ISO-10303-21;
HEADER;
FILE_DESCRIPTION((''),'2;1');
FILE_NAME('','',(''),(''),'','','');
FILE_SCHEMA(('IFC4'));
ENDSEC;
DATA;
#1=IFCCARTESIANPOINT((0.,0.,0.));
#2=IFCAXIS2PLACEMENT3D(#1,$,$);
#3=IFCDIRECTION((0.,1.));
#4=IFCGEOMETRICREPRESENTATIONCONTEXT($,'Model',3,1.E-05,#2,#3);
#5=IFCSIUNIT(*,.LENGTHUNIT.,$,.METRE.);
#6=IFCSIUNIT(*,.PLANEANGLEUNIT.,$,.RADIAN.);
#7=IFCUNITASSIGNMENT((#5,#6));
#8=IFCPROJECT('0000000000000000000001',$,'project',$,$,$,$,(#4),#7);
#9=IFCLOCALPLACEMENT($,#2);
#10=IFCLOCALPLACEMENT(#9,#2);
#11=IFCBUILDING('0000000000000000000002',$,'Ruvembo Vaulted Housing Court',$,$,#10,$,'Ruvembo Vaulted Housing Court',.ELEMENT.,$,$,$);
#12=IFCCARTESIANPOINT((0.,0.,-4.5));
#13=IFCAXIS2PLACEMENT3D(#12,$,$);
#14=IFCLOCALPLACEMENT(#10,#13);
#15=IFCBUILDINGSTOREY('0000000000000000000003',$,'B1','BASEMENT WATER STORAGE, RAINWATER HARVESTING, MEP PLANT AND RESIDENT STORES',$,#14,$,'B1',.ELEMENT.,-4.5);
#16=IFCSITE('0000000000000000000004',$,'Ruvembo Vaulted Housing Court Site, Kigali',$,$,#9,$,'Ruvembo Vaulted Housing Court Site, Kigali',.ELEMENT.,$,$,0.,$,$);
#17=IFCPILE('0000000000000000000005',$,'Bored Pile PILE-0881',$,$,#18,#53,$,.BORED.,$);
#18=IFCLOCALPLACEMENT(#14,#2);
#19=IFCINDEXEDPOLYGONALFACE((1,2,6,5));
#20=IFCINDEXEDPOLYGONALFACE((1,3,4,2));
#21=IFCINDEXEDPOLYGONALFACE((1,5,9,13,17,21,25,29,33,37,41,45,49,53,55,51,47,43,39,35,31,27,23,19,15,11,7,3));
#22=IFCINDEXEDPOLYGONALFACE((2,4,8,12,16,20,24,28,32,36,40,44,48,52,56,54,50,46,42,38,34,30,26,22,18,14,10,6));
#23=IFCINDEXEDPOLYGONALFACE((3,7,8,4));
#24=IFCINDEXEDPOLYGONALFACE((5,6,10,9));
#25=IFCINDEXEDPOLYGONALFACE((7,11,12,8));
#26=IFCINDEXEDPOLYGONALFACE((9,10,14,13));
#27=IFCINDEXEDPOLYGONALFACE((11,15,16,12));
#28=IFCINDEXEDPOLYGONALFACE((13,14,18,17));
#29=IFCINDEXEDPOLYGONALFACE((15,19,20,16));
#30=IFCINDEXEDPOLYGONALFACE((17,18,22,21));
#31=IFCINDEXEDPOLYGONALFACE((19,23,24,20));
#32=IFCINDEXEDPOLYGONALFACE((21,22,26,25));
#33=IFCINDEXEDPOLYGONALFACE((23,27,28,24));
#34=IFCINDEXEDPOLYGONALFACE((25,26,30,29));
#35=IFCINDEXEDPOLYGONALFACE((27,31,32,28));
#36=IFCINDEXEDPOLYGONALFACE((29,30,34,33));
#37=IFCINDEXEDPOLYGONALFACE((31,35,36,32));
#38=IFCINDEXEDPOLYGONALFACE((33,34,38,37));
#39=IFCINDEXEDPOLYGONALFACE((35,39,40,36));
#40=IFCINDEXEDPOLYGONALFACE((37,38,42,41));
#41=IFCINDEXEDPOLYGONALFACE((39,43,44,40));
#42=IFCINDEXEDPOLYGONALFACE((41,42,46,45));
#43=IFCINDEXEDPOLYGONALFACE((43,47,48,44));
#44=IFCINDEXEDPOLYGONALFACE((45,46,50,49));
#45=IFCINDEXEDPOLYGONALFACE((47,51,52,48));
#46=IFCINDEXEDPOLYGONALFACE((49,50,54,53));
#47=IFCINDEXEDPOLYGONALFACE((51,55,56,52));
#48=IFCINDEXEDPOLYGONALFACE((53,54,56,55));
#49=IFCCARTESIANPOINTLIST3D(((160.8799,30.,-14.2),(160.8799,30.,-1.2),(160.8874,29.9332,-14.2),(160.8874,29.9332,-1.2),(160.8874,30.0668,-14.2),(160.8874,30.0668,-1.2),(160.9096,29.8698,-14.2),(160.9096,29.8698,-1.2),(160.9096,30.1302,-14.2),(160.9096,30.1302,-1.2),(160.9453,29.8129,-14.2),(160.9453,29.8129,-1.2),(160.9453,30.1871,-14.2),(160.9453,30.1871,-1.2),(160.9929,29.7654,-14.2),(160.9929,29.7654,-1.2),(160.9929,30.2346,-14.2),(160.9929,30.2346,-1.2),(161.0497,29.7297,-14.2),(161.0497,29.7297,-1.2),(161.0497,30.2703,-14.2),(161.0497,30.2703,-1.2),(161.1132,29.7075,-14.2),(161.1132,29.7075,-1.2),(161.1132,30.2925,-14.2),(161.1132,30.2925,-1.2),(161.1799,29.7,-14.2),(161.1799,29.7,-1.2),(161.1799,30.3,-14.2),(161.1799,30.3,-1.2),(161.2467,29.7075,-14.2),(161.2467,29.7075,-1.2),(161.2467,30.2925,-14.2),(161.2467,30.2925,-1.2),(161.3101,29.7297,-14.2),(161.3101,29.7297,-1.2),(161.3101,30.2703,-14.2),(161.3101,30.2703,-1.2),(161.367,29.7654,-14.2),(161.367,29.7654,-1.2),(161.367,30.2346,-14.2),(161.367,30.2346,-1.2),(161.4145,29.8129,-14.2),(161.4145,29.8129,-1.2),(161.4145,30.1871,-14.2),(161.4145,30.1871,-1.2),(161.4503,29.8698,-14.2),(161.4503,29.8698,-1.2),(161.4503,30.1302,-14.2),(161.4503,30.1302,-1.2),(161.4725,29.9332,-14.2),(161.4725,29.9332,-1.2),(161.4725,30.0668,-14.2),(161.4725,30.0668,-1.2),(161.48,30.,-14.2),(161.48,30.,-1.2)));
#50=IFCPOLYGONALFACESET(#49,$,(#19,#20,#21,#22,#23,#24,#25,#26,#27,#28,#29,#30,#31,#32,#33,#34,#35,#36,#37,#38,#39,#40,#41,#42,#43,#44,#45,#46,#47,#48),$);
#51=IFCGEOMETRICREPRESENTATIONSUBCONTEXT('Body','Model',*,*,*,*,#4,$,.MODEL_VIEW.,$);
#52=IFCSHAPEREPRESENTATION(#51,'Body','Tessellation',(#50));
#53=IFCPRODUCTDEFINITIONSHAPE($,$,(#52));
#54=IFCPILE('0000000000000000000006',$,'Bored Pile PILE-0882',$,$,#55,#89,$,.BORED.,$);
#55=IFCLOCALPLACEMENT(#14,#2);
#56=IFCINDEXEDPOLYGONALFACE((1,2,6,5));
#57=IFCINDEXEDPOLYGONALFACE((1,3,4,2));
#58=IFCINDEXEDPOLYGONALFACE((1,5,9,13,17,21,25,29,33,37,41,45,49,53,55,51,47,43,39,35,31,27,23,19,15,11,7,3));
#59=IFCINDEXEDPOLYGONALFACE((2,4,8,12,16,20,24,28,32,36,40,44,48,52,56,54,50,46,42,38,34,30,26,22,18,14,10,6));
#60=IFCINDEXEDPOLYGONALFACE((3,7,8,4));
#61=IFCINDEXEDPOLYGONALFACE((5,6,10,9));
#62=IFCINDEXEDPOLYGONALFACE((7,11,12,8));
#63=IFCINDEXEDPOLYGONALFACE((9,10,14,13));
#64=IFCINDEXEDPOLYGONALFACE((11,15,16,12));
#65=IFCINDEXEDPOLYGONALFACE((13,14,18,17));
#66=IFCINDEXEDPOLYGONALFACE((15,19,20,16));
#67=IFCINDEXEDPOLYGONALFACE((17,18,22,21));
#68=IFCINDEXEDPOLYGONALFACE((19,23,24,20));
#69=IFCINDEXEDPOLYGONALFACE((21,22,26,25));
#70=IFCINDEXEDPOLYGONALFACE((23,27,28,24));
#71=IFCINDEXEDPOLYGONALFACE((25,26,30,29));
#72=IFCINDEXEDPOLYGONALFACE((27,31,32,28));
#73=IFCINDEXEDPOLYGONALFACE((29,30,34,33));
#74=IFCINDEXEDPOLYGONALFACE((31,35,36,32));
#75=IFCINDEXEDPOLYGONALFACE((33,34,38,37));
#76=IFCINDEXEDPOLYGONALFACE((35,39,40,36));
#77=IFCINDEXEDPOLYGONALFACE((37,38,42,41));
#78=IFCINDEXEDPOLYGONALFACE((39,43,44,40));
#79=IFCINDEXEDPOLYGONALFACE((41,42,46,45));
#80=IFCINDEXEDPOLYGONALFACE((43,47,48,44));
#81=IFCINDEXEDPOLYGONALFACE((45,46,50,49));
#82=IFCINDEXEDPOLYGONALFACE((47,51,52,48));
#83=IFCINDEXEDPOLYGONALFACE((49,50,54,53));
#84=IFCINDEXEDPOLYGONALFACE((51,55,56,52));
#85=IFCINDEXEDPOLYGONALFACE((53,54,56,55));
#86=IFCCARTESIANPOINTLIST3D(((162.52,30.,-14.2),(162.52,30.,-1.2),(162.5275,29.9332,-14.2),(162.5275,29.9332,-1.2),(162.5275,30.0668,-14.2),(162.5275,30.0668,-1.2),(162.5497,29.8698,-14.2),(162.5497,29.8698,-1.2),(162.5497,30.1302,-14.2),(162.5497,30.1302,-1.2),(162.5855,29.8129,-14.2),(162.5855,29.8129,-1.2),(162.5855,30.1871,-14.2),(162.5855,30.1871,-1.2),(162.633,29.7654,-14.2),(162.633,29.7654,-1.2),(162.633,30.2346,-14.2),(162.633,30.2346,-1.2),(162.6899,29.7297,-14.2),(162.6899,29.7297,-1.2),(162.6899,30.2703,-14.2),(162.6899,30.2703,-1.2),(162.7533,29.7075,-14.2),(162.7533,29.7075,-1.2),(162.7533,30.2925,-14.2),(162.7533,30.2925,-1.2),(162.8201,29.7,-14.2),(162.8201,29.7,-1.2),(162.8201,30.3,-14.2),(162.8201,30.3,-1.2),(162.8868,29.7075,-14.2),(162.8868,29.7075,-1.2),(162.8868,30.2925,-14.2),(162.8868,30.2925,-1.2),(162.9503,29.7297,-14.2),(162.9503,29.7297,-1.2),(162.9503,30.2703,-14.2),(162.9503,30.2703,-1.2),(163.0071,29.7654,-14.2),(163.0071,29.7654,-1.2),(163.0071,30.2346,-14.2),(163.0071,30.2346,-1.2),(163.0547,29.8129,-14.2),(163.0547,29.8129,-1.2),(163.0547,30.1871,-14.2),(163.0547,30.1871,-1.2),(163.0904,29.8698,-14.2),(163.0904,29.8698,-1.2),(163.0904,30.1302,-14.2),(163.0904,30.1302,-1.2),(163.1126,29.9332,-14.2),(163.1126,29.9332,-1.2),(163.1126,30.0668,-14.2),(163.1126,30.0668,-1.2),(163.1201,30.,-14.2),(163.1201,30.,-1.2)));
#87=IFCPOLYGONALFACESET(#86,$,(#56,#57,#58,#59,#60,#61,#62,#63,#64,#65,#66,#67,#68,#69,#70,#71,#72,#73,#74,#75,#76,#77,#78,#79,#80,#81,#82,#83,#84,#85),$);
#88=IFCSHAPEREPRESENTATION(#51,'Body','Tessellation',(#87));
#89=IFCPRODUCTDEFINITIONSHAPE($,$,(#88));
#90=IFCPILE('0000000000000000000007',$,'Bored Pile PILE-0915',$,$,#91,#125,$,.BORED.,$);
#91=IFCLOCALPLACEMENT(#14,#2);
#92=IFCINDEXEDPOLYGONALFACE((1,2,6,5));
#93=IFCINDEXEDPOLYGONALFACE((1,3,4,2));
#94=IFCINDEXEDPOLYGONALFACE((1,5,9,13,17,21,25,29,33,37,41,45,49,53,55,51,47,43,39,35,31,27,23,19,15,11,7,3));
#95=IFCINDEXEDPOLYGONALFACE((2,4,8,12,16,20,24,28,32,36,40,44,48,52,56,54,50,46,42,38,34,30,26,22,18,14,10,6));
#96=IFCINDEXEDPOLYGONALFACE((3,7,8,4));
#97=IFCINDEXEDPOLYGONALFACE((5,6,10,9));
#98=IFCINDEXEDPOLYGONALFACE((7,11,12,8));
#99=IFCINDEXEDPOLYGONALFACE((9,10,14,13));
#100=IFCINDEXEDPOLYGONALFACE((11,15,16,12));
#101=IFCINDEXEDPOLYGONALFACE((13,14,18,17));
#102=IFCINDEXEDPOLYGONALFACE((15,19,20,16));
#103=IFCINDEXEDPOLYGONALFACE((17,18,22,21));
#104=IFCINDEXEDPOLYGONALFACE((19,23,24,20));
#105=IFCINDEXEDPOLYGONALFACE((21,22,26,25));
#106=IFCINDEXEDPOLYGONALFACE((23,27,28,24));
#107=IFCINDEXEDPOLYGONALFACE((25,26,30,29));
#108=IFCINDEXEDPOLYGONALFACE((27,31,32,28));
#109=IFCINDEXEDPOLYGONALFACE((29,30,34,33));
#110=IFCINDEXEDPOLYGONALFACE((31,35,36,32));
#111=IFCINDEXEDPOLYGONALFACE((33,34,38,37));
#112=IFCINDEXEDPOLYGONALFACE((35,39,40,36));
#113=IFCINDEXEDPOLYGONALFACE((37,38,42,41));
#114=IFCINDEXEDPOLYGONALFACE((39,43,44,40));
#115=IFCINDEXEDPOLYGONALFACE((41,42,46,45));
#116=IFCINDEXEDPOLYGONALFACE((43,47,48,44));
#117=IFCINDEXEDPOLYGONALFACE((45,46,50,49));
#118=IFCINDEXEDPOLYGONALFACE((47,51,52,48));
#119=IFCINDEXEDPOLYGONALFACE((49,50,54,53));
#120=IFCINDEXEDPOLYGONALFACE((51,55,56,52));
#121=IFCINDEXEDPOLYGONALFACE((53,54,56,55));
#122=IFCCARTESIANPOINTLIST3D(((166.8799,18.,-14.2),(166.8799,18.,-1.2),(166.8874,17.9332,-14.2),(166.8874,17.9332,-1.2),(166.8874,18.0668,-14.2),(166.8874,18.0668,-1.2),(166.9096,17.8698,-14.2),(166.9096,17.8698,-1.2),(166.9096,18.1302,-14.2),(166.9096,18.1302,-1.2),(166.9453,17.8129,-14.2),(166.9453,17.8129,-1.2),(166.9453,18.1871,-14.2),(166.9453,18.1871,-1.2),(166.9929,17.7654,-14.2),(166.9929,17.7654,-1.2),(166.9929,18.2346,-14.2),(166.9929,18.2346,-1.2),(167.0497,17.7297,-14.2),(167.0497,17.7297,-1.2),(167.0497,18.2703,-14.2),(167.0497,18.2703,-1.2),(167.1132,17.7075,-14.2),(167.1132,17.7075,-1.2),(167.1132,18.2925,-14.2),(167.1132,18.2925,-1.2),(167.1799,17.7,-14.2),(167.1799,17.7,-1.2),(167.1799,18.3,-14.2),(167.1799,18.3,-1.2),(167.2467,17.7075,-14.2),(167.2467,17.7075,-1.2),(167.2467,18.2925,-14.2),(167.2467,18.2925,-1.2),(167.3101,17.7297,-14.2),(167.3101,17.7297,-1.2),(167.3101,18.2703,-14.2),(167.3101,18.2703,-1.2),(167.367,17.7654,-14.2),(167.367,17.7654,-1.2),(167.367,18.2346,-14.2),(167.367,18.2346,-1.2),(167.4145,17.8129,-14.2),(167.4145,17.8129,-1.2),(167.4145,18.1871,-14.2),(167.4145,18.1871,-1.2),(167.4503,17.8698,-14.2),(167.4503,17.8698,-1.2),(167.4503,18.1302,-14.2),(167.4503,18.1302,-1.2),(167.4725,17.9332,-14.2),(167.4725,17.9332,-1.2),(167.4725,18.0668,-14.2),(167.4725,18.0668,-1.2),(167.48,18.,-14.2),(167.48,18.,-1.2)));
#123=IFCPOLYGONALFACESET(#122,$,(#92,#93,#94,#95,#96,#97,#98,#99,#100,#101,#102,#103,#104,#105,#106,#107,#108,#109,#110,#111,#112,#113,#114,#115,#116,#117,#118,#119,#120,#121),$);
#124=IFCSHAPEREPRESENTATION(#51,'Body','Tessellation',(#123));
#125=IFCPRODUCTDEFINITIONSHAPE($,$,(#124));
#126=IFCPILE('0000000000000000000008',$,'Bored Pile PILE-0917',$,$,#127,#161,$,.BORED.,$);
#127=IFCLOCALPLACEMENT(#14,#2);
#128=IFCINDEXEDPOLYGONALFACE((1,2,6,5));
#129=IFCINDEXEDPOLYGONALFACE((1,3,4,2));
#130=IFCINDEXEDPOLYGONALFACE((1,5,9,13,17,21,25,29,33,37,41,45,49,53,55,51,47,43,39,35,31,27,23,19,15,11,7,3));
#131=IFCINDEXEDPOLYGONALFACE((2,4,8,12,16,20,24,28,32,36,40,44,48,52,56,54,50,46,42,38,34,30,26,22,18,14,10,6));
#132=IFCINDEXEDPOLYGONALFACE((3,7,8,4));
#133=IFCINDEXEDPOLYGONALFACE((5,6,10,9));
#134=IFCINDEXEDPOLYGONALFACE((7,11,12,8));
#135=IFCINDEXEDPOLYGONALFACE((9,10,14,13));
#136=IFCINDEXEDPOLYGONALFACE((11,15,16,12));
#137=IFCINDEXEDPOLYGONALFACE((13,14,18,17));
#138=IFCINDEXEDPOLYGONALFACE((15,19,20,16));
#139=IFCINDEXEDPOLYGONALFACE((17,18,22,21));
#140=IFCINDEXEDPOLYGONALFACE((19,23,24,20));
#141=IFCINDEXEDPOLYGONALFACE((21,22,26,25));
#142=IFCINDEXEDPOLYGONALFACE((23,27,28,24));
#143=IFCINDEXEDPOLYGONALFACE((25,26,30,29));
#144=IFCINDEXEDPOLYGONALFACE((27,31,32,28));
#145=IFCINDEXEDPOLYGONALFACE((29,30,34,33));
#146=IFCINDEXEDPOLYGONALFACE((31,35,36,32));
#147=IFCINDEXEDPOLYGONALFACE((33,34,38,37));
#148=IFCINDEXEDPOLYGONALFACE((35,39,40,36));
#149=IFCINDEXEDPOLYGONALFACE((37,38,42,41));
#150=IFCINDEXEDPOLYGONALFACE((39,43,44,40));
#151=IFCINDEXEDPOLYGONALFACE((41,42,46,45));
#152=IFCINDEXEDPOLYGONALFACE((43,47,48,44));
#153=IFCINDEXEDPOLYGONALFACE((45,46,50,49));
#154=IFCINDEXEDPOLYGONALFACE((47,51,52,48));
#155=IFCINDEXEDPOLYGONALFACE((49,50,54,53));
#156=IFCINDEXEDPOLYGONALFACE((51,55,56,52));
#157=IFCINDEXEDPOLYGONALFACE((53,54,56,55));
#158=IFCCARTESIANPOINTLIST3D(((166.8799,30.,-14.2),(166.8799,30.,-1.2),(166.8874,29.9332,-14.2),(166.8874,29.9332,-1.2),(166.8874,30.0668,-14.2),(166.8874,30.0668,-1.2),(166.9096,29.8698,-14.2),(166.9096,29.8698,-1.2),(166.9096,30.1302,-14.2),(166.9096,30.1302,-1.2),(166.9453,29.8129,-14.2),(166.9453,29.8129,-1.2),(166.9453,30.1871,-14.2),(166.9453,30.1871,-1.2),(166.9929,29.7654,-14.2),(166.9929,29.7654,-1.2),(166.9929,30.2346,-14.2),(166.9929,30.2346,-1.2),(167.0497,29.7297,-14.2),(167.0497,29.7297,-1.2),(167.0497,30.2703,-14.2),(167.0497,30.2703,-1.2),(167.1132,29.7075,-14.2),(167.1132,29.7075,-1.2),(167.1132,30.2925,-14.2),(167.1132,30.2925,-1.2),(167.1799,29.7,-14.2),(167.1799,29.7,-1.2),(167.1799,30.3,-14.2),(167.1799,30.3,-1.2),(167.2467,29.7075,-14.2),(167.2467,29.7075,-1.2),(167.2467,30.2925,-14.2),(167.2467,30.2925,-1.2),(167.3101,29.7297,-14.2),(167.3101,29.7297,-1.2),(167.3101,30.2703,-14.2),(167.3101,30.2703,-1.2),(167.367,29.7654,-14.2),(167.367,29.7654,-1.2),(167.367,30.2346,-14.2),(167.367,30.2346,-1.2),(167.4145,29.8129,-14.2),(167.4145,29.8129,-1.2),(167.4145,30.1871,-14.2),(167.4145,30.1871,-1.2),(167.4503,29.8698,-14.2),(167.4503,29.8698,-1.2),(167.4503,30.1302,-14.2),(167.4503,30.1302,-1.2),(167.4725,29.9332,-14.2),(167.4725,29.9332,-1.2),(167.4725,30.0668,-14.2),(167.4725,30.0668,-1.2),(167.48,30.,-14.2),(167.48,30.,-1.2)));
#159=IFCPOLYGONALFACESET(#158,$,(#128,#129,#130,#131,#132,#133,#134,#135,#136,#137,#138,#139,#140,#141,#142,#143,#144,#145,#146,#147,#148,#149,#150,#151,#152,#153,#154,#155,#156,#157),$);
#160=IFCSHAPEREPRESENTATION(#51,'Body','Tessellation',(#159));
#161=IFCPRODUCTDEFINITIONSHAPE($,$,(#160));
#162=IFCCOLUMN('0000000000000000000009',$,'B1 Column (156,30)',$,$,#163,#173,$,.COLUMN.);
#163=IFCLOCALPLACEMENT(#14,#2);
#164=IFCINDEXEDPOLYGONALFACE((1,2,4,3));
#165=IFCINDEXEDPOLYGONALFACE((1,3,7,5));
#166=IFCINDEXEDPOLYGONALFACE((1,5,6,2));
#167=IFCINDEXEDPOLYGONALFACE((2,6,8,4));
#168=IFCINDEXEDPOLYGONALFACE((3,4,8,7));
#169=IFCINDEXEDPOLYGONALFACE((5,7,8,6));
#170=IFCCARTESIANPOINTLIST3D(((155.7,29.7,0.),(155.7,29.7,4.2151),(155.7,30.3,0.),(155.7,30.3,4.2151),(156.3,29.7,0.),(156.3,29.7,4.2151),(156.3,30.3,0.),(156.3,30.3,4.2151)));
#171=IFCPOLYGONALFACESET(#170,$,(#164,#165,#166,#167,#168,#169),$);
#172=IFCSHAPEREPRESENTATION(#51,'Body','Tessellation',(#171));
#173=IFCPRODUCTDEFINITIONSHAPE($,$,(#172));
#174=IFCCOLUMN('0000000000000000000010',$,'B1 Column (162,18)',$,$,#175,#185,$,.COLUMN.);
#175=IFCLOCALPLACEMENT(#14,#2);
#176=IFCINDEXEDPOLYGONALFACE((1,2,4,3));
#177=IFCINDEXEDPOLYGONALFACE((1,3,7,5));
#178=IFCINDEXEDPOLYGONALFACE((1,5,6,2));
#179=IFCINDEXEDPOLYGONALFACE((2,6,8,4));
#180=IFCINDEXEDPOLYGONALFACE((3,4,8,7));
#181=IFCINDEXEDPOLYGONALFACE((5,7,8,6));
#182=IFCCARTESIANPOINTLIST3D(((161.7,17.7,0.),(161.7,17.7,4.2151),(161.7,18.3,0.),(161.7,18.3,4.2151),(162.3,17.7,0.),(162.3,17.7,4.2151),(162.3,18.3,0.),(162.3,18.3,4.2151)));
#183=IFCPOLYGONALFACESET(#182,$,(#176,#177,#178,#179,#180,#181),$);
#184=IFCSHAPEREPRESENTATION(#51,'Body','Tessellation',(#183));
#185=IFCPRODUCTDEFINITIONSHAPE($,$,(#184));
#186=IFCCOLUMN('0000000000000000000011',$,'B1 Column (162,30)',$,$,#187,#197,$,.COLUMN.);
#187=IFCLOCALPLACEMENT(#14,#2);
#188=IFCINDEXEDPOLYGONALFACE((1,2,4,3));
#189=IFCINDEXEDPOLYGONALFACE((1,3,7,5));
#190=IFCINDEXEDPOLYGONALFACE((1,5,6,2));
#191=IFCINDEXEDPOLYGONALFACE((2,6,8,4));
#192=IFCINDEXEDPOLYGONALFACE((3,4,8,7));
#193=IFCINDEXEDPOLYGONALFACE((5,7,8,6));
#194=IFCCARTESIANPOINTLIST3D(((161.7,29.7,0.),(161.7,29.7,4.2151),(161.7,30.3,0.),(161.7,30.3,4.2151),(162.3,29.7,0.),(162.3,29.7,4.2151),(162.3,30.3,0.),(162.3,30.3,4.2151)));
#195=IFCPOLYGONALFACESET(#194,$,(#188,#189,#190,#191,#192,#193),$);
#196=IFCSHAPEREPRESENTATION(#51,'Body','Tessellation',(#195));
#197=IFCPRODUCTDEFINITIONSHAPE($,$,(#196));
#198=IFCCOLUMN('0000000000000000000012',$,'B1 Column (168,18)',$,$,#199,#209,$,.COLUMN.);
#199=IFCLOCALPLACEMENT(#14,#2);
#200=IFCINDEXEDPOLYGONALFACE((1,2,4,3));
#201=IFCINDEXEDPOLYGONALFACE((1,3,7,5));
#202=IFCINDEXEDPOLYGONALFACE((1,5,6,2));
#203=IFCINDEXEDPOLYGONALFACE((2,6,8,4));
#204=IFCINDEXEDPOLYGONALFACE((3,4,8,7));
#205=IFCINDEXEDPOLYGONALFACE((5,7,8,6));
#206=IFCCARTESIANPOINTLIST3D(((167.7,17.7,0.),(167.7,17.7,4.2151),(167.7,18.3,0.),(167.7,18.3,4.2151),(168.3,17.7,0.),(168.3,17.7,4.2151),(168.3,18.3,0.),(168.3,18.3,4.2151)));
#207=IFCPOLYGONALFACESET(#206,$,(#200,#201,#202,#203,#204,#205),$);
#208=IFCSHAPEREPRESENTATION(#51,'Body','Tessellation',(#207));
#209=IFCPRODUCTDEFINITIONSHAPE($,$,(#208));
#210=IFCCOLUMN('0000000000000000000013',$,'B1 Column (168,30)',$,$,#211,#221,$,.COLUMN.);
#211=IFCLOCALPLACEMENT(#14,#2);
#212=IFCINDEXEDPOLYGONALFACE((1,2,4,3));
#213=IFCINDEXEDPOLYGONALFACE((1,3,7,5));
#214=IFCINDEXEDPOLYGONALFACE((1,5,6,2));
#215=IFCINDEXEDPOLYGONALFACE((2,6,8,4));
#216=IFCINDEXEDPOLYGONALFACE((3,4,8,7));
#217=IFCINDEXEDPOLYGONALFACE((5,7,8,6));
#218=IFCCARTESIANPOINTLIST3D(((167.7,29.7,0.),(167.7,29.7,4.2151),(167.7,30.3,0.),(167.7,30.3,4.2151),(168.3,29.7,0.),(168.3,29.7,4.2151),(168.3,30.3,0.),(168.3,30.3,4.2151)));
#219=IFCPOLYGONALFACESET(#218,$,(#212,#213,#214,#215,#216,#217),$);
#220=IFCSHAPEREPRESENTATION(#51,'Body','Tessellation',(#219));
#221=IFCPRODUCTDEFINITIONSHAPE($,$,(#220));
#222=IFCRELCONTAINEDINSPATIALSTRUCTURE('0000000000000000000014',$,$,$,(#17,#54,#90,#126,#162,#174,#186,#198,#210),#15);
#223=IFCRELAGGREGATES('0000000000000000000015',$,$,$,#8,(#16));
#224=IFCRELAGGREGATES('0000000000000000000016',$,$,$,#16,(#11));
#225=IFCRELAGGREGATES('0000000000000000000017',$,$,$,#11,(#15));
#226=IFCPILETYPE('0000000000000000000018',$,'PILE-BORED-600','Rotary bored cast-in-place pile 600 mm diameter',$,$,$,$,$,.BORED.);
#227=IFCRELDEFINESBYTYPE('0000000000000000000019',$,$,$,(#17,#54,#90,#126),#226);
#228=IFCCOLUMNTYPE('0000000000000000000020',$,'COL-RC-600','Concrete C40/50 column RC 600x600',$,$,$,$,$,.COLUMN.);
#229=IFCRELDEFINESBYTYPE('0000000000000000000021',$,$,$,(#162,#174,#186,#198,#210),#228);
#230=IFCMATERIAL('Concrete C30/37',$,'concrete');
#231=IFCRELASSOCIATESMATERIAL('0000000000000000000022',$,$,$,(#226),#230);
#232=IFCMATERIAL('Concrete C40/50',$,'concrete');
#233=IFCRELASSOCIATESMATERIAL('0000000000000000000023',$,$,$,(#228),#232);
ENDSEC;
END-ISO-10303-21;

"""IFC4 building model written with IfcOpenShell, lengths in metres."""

from ifc_helpers import new_model, si_unit, direction, frame, origin, origin_2d, place, context, subcontext, project, spatial, rectangle, circle, extrude, material, material_profile, profile_set, type_object, element, save


model = new_model("IFC4")

# Units and contexts
model_context = context("Model", 3, precision=1e-05, world=origin(), true_north=direction((0.0, 1.0)))
body_context = subcontext(model_context, "Body", "Model", "MODEL_VIEW")
ifc_project = project(units=[si_unit("LENGTHUNIT", "METRE"), si_unit("PLANEANGLEUNIT", "RADIAN")], contexts=[model_context])

# Site, building, storey
site_placement = place(None, origin())
site = spatial("IfcSite", under=ifc_project, at=site_placement, Name="Ruvembo Vaulted Housing Court Site, Kigali", LongName="Ruvembo Vaulted Housing Court Site, Kigali", CompositionType="ELEMENT", RefElevation=0.0)
building_placement = place(site_placement, origin())
building = spatial("IfcBuilding", under=site, at=building_placement, Name="Ruvembo Vaulted Housing Court", LongName="Ruvembo Vaulted Housing Court", CompositionType="ELEMENT")
storey_placement = place(building_placement, frame((0.0, 0.0, -4.5)))
storey = spatial("IfcBuildingStorey", under=building, at=storey_placement, Name="B1", Description="BASEMENT WATER STORAGE, RAINWATER HARVESTING, MEP PLANT AND RESIDENT STORES", LongName="B1", CompositionType="ELEMENT", Elevation=-4.5)

# Piles
ifc_material_1 = material(Name="Concrete C30/37", Category="concrete")
ifc_material_profile_1 = material_profile(ifc_material_1, circle(Radius=0.3, at=origin_2d()), Name="PILE D600")
ifc_profile_set_1 = profile_set([ifc_material_profile_1], Name="Concrete C30/37")
pile_type = type_object("IfcPileType", Name="PILE-BORED-600", Description="Rotary bored cast-in-place pile 600 mm diameter", PredefinedType="BORED", material=ifc_profile_set_1)
for number, where, z_axis, x_axis, name in (
    (1, (161.1799, 30.0, -1.2), (0.0, 0.0, -1.0), (1.0, 0.0, 0.0), "Bored Pile PILE-0881"),
    (2, (162.8201, 30.0, -1.2), (0.0, 0.0, -1.0), (1.0, 0.0, 0.0), "Bored Pile PILE-0882"),
    (3, (167.1799, 18.0, -1.2), (0.0, 0.0, -1.0), (1.0, 0.0, 0.0), "Bored Pile PILE-0915"),
    (4, (167.1799, 30.0, -1.2), (0.0, 0.0, -1.0), (1.0, 0.0, 0.0), "Bored Pile PILE-0917"),
):
    element("IfcPile", number, at=place(storey_placement, frame(where, z_axis=z_axis, x_axis=x_axis)), inside=storey, type_object=pile_type, Name=name, PredefinedType="BORED", context=body_context, shape_type="SweptSolid", body=[
        extrude(circle(Radius=0.3, at=origin_2d()), origin(), (0.0, 0.0, 1.0), 13.0),
    ])

# Columns
ifc_material_2 = material(Name="Concrete C40/50", Category="concrete")
ifc_material_profile_2 = material_profile(ifc_material_2, rectangle(XDim=0.6001, YDim=0.6001, at=origin_2d()), Name="RC 600x600")
ifc_profile_set_2 = profile_set([ifc_material_profile_2], Name="Concrete C40/50")
column_type = type_object("IfcColumnType", Name="COL-RC-600", Description="Concrete C40/50 column RC 600x600", PredefinedType="COLUMN", material=ifc_profile_set_2)
for number, where, z_axis, x_axis, name in (
    (5, (156.0, 30.0, 0.0), (0.0, 0.0, 1.0), (1.0, 0.0, 0.0), "B1 Column (156,30)"),
    (6, (162.0, 18.0, 0.0), (0.0, 0.0, 1.0), (1.0, 0.0, 0.0), "B1 Column (162,18)"),
    (7, (162.0, 30.0, 0.0), (0.0, 0.0, 1.0), (1.0, 0.0, 0.0), "B1 Column (162,30)"),
    (8, (168.0, 18.0, 0.0), (0.0, 0.0, 1.0), (1.0, 0.0, 0.0), "B1 Column (168,18)"),
    (9, (168.0, 30.0, 0.0), (0.0, 0.0, 1.0), (1.0, 0.0, 0.0), "B1 Column (168,30)"),
):
    element("IfcColumn", number, at=place(storey_placement, frame(where, z_axis=z_axis, x_axis=x_axis)), inside=storey, type_object=column_type, Name=name, PredefinedType="COLUMN", context=body_context, shape_type="SweptSolid", body=[
        extrude(rectangle(XDim=0.6001, YDim=0.6001, at=origin_2d()), origin(), (0.0, 0.0, 1.0), 4.2151),
    ])

save(model, "model.ifc")
